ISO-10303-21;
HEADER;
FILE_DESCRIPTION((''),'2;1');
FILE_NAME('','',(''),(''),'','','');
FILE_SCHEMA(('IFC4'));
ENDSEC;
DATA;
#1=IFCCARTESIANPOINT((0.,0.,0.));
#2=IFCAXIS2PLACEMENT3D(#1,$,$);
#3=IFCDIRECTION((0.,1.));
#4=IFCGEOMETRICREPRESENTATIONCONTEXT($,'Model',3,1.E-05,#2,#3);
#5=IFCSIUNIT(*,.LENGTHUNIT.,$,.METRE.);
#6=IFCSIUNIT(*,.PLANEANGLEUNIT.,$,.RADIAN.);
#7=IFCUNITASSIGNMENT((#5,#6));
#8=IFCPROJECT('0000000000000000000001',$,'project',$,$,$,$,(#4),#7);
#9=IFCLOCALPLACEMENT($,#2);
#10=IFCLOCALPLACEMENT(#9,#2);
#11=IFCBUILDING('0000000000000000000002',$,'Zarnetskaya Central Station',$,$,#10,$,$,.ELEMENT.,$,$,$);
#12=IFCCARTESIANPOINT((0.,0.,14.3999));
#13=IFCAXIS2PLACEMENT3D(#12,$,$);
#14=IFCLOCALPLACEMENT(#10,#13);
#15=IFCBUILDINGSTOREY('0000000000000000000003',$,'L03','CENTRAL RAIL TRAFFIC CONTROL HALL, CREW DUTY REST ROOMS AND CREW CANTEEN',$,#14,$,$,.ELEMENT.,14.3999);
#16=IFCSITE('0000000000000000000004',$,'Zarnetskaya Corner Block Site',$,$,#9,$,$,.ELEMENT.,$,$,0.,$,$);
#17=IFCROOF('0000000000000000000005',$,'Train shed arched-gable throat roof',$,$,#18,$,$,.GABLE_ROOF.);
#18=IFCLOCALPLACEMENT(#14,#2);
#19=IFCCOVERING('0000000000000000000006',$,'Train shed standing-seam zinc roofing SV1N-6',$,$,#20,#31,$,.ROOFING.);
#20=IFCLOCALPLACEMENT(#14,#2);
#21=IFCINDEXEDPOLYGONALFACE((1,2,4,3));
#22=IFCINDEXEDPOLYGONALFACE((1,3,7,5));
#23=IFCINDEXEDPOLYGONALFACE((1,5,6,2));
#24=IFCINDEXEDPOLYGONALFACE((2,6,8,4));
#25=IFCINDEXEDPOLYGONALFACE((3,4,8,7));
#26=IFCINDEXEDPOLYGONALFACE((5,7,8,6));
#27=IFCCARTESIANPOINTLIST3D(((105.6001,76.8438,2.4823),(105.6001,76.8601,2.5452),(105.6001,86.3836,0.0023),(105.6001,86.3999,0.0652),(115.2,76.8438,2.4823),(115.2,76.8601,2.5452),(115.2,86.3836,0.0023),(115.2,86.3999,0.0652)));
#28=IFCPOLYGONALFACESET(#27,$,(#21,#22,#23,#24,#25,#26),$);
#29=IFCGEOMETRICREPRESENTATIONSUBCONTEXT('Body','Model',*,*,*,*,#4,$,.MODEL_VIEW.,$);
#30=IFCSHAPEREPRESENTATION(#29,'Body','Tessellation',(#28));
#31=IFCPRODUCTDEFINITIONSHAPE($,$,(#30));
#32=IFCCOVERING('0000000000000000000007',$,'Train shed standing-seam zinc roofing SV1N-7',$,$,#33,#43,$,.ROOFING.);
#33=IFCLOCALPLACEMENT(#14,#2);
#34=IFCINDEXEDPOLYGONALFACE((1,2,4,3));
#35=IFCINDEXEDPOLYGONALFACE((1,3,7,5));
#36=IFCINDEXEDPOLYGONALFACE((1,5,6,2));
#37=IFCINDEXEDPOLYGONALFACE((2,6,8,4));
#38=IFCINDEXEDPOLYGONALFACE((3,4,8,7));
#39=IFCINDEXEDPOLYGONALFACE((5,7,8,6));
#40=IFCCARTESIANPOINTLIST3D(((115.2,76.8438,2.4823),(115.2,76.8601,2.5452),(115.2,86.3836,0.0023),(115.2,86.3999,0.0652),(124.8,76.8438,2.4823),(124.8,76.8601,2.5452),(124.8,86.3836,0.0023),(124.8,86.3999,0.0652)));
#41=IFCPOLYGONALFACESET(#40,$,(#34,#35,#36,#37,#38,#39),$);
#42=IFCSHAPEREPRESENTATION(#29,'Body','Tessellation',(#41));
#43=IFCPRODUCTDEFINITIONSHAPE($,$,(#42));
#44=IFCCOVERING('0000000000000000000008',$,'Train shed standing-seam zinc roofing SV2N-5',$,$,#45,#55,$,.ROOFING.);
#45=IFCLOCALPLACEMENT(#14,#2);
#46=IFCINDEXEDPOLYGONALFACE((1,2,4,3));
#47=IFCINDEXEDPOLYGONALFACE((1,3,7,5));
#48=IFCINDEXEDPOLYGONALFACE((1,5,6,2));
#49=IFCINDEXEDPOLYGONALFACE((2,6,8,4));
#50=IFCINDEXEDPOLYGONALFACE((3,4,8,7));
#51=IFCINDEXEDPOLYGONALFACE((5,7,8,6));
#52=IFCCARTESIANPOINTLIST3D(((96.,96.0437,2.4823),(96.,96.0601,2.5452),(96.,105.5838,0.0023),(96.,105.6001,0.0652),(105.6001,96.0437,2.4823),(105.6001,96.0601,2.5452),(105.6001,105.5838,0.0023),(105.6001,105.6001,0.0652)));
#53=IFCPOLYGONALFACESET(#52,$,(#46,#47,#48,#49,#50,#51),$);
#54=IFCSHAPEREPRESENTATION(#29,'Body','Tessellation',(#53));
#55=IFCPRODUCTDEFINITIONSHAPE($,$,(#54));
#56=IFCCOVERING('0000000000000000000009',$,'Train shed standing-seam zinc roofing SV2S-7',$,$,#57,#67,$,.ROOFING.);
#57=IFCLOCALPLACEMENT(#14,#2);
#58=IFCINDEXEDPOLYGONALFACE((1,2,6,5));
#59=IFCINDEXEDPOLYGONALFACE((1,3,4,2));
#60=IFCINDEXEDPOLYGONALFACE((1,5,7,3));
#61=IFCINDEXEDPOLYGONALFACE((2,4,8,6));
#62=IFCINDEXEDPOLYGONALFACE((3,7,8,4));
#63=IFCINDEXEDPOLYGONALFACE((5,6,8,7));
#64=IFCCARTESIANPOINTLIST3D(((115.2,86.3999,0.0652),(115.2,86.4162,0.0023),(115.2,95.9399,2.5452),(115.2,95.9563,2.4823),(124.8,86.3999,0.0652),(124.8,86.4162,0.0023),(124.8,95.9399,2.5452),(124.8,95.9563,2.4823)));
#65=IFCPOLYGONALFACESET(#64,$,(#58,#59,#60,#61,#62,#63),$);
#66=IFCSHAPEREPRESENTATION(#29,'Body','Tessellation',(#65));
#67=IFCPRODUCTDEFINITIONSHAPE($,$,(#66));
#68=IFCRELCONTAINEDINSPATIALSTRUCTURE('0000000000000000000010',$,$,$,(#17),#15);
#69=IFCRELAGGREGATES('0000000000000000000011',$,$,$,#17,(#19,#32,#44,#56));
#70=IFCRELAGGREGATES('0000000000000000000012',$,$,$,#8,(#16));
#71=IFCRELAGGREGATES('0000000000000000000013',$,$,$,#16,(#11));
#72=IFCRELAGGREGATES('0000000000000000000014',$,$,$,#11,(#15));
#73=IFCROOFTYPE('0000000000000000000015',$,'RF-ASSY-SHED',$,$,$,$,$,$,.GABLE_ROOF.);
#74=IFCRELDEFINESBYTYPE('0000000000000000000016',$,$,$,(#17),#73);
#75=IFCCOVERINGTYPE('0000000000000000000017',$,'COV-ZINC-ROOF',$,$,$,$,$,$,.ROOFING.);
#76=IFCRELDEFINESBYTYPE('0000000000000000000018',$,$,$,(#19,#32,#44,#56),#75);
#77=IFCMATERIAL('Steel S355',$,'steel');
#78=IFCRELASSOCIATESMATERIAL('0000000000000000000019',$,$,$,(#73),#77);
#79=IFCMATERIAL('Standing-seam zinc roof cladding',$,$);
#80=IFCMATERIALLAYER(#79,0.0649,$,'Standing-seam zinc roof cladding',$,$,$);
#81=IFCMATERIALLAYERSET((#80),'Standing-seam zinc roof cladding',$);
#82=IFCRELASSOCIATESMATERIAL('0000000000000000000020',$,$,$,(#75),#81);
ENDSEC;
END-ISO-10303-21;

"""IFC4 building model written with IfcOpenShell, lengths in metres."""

from ifc_helpers import new_model, si_unit, direction, frame, origin, place, context, subcontext, project, spatial, polyline, outline, extrude, material, layer, layer_set, type_object, element, aggregate, save


model = new_model("IFC4")

# Units and contexts
model_context = context("Model", 3, precision=1e-05, world=origin(), true_north=direction((0.0, 1.0)))
body_context = subcontext(model_context, "Body", "Model", "MODEL_VIEW")
ifc_project = project(units=[si_unit("LENGTHUNIT", "METRE"), si_unit("PLANEANGLEUNIT", "RADIAN")], contexts=[model_context])

# Site, building, storey
site_placement = place(None, origin())
site = spatial("IfcSite", under=ifc_project, at=site_placement, Name="Zarnetskaya Corner Block Site", CompositionType="ELEMENT", RefElevation=0.0)
building_placement = place(site_placement, origin())
building = spatial("IfcBuilding", under=site, at=building_placement, Name="Zarnetskaya Central Station", CompositionType="ELEMENT")
storey_placement = place(building_placement, frame((0.0, 0.0, 14.3999)))
storey = spatial("IfcBuildingStorey", under=building, at=storey_placement, Name="L03", Description="CENTRAL RAIL TRAFFIC CONTROL HALL, CREW DUTY REST ROOMS AND CREW CANTEEN", CompositionType="ELEMENT", Elevation=14.3999)

# Shared definitions
ifc_material_1 = material(Name="Steel S355", Category="steel")

# Roof, coverings
roof_type = type_object("IfcRoofType", Name="RF-ASSY-SHED", PredefinedType="GABLE_ROOF", material=ifc_material_1)
roof_placement = place(storey_placement, origin())
roof = element("IfcRoof", 1, at=roof_placement, inside=storey, type_object=roof_type, Name="Train shed arched-gable throat roof", PredefinedType="GABLE_ROOF")
ifc_material_2 = material(Name="Standing-seam zinc roof cladding")
ifc_layer_1 = layer(ifc_material_2, 0.0649, Name="Standing-seam zinc roof cladding")
ifc_layer_set_1 = layer_set([ifc_layer_1], Name="Standing-seam zinc roof cladding")
covering_type = type_object("IfcCoveringType", Name="COV-ZINC-ROOF", PredefinedType="ROOFING", material=ifc_layer_set_1)
covering_1_placement = place(storey_placement, frame((115.2, 86.3999, 0.0652), z_axis=(0.0, 0.251599, 0.967832), x_axis=(-1.0, 0.0, 0.0)))
covering_1 = element("IfcCovering", 2, at=covering_1_placement, type_object=covering_type, Name="Train shed standing-seam zinc roofing SV1N-6", PredefinedType="ROOFING", context=body_context, shape_type="SweptSolid", body=[
    extrude(outline(polyline([(0.0, 0.0), (9.5999, 0.0), (9.5999, 9.8569), (0.0, 9.8569), (0.0, 0.0)])), origin(), (0.0, 0.0, -1.0), 0.0649),
])
covering_2_placement = place(storey_placement, frame((124.8, 86.3999, 0.0652), z_axis=(0.0, 0.251599, 0.967832), x_axis=(-1.0, 0.0, 0.0)))
covering_2 = element("IfcCovering", 3, at=covering_2_placement, type_object=covering_type, Name="Train shed standing-seam zinc roofing SV1N-7", PredefinedType="ROOFING", context=body_context, shape_type="SweptSolid", body=[
    extrude(outline(polyline([(0.0, 0.0), (9.6001, 0.0), (9.6001, 9.8569), (0.0, 9.8569), (0.0, 0.0)])), origin(), (0.0, 0.0, -1.0), 0.0649),
])
covering_3_placement = place(storey_placement, frame((105.6001, 105.6001, 0.0652), z_axis=(0.0, 0.251593, 0.967833), x_axis=(-1.0, 0.0, 0.0)))
covering_3 = element("IfcCovering", 4, at=covering_3_placement, type_object=covering_type, Name="Train shed standing-seam zinc roofing SV2N-5", PredefinedType="ROOFING", context=body_context, shape_type="SweptSolid", body=[
    extrude(outline(polyline([(0.0, 0.0), (9.6001, 0.0), (9.6001, 9.8571), (0.0, 9.8571), (0.0, 0.0)])), origin(), (0.0, 0.0, -1.0), 0.0649),
])
covering_4_placement = place(storey_placement, frame((115.2, 86.3999, 0.0652), z_axis=(0.0, -0.251593, 0.967833), x_axis=(1.0, 0.0, 0.0)))
covering_4 = element("IfcCovering", 5, at=covering_4_placement, type_object=covering_type, Name="Train shed standing-seam zinc roofing SV2S-7", PredefinedType="ROOFING", context=body_context, shape_type="SweptSolid", body=[
    extrude(outline(polyline([(0.0, 0.0), (9.6001, 0.0), (9.6001, 9.8571), (0.0, 9.8571), (0.0, 0.0)])), origin(), (0.0, 0.0, -1.0), 0.0649),
])
aggregate(roof, [covering_1, covering_2, covering_3, covering_4])

save(model, "model.ifc")
